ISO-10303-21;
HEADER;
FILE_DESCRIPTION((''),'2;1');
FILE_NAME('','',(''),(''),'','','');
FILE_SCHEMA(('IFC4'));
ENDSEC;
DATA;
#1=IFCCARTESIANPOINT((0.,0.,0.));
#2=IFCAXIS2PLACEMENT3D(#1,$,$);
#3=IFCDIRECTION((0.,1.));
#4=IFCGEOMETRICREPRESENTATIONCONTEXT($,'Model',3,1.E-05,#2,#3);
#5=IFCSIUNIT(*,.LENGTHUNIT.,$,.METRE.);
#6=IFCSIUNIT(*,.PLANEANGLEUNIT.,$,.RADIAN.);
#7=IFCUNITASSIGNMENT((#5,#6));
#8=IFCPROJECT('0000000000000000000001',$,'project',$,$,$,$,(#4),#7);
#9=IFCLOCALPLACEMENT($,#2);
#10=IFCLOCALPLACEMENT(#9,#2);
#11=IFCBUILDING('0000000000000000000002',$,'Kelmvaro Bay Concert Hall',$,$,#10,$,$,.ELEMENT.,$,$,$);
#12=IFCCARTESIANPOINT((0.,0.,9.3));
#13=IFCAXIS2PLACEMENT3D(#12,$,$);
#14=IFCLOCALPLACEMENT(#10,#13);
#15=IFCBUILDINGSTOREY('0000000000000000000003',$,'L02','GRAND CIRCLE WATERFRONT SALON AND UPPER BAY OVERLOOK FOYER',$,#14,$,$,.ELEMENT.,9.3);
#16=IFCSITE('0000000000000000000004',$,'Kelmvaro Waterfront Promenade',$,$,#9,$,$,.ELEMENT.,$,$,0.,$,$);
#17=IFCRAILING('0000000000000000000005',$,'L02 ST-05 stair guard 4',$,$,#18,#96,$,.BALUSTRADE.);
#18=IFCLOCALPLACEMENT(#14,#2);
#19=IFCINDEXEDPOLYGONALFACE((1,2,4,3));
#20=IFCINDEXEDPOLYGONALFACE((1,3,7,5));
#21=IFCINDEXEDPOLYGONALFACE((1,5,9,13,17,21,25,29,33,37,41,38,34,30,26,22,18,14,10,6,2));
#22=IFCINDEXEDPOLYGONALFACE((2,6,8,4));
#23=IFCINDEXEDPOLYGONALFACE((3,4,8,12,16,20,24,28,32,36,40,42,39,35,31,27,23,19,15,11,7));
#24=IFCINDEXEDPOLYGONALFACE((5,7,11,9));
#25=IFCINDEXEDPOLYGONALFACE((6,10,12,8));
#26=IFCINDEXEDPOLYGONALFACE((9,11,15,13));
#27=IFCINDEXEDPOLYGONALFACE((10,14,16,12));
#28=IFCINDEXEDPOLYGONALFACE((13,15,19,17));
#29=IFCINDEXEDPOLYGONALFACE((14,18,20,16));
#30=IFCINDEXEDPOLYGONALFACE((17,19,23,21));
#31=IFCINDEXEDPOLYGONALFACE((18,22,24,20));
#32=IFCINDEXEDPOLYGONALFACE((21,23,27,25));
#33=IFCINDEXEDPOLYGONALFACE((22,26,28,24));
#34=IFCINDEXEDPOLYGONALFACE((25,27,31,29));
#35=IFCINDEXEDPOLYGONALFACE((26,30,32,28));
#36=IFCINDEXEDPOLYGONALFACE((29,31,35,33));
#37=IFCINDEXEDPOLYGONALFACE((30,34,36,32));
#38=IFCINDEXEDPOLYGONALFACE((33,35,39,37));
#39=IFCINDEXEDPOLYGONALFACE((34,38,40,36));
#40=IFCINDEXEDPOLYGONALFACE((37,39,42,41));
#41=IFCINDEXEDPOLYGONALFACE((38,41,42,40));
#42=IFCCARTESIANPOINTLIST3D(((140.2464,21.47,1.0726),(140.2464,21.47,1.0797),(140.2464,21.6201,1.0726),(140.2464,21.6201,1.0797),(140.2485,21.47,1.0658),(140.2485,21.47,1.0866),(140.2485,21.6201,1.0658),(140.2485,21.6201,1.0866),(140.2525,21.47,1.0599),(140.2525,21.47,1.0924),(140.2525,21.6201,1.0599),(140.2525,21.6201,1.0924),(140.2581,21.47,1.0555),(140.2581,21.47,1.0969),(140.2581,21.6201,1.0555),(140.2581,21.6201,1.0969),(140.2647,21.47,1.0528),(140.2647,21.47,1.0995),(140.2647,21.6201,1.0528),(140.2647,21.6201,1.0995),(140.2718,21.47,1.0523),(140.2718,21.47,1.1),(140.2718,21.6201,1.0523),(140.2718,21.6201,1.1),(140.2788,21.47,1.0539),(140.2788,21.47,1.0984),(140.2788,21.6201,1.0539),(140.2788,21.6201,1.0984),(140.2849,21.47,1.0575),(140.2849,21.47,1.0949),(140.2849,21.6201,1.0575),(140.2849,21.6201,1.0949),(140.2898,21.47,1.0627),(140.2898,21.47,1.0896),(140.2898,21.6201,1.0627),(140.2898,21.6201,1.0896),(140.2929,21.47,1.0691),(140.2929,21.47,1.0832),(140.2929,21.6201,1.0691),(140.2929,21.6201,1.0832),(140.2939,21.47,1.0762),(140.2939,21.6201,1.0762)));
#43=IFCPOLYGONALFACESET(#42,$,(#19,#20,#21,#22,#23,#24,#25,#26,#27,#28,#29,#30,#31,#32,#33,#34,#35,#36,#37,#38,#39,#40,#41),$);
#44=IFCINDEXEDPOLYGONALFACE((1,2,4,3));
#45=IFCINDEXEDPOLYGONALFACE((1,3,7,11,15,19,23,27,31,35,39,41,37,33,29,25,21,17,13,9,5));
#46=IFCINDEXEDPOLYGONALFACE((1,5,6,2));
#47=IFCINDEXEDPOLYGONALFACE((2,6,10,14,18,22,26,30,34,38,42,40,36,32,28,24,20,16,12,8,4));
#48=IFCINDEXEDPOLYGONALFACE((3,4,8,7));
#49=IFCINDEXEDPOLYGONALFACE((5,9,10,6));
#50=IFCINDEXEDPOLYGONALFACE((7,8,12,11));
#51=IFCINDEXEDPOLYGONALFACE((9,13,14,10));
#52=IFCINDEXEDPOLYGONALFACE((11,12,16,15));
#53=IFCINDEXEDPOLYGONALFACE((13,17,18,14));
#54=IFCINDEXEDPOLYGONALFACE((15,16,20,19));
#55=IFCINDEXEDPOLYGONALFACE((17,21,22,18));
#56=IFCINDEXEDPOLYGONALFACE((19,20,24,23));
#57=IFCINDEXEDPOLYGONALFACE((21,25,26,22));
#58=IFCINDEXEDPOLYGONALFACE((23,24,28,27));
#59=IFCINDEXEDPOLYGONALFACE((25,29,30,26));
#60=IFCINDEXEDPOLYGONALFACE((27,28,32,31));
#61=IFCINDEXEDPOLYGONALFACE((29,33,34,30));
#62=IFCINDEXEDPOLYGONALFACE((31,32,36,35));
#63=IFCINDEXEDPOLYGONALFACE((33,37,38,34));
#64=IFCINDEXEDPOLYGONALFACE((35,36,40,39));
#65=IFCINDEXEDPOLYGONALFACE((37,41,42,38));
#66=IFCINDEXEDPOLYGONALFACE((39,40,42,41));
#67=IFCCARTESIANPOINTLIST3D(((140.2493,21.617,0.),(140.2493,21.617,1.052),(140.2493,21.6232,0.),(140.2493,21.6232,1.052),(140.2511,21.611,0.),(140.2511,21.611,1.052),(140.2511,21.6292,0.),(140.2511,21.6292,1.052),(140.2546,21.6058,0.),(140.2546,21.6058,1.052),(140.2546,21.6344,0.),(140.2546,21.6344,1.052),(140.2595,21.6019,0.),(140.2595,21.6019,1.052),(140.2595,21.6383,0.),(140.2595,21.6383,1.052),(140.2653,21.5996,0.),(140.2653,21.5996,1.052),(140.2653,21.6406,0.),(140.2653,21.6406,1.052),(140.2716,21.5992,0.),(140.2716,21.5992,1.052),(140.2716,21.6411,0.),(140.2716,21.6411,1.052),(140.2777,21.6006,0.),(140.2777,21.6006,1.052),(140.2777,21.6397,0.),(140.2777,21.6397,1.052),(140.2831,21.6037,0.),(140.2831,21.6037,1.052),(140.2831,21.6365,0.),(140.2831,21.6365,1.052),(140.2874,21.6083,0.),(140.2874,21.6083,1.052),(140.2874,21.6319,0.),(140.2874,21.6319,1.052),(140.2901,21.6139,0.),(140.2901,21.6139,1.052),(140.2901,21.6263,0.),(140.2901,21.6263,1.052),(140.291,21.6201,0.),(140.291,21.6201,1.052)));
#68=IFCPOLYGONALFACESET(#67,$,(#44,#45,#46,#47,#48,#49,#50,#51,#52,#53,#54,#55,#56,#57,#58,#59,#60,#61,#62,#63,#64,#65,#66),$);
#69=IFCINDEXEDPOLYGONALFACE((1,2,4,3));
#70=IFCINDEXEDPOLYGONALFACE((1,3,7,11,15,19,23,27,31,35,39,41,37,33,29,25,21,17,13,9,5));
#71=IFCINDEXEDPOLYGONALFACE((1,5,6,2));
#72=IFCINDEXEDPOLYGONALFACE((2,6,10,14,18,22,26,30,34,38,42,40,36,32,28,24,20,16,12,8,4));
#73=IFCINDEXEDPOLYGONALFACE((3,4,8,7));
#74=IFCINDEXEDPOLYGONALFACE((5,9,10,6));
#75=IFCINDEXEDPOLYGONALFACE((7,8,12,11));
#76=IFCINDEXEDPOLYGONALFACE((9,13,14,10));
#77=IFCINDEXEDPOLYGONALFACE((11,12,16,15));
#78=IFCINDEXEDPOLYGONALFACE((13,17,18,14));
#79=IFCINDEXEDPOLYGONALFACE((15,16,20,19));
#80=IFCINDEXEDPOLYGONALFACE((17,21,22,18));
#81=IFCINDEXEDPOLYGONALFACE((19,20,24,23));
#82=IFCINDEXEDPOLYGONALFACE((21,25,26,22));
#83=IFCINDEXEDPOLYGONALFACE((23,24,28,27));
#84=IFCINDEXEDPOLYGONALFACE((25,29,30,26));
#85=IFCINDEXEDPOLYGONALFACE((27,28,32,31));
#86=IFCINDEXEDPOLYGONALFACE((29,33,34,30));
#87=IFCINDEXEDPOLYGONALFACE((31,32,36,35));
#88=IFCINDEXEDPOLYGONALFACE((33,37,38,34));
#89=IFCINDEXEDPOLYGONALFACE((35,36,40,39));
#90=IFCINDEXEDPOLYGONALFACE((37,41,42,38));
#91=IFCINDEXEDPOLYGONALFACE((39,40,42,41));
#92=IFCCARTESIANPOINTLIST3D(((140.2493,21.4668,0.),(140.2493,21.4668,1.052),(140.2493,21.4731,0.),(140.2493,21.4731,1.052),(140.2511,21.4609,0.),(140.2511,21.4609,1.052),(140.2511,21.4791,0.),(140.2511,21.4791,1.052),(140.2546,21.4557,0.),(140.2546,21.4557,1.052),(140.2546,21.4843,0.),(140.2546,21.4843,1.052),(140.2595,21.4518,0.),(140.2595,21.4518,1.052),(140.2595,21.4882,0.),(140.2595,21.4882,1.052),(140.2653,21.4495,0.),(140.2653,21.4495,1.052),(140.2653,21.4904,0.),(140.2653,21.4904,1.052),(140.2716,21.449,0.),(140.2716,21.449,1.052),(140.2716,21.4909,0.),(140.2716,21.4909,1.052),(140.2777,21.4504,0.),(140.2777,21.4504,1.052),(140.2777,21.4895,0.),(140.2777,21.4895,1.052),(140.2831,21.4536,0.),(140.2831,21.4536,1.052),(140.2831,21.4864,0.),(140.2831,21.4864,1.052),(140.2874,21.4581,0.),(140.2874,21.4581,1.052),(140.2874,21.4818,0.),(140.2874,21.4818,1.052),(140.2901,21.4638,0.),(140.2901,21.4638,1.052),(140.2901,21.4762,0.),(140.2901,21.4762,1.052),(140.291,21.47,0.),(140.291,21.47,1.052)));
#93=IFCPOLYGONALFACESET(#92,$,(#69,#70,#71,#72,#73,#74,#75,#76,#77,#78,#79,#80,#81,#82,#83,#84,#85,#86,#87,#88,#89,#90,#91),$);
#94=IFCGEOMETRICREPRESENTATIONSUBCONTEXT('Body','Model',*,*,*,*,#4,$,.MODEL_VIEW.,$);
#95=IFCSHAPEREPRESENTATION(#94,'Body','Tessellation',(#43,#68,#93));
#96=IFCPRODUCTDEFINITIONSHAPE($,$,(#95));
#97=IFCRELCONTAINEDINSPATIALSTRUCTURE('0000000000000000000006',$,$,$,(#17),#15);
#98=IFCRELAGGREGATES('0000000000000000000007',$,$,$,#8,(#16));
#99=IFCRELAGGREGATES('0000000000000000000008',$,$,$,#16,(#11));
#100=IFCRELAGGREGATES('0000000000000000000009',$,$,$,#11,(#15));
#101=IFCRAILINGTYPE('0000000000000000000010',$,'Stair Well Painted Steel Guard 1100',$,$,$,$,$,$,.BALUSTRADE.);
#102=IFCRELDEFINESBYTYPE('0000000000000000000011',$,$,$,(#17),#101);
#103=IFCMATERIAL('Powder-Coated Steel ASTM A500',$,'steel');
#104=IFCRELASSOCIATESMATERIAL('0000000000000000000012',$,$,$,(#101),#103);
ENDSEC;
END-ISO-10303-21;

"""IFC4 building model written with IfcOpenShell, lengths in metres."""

from ifc_helpers import new_model, si_unit, direction, frame, origin, origin_2d, place, context, subcontext, project, spatial, circle, extrude, material, type_object, element, save


model = new_model("IFC4")

# Units and contexts
model_context = context("Model", 3, precision=1e-05, world=origin(), true_north=direction((0.0, 1.0)))
body_context = subcontext(model_context, "Body", "Model", "MODEL_VIEW")
ifc_project = project(units=[si_unit("LENGTHUNIT", "METRE"), si_unit("PLANEANGLEUNIT", "RADIAN")], contexts=[model_context])

# Site, building, storey
site_placement = place(None, origin())
site = spatial("IfcSite", under=ifc_project, at=site_placement, Name="Kelmvaro Waterfront Promenade", CompositionType="ELEMENT", RefElevation=0.0)
building_placement = place(site_placement, origin())
building = spatial("IfcBuilding", under=site, at=building_placement, Name="Kelmvaro Bay Concert Hall", CompositionType="ELEMENT")
storey_placement = place(building_placement, frame((0.0, 0.0, 9.3)))
storey = spatial("IfcBuildingStorey", under=building, at=storey_placement, Name="L02", Description="GRAND CIRCLE WATERFRONT SALON AND UPPER BAY OVERLOOK FOYER", CompositionType="ELEMENT", Elevation=9.3)

# Railing
ifc_material_1 = material(Name="Powder-Coated Steel ASTM A500", Category="steel")
railing_type_1 = type_object("IfcRailingType", Name="Stair Well Painted Steel Guard 1100", PredefinedType="BALUSTRADE", material=ifc_material_1)
railing_1_placement = place(storey_placement, frame((140.27, 21.6201, 0.0)))
element("IfcRailing", 1, at=railing_1_placement, inside=storey, type_object=railing_type_1, Name="L02 ST-05 stair guard 4", PredefinedType="BALUSTRADE", context=body_context, shape_type="SweptSolid", body=[
    extrude(circle(Radius=0.0239, at=origin_2d()), frame((0.0, 0.0, 1.0762), z_axis=(0.0, -1.0, 0.0), x_axis=(1.0, 0.0, 0.0)), (0.0, 0.0, 1.0), 0.1501),
    extrude(circle(Radius=0.021, at=origin_2d()), origin(), (0.0, 0.0, 1.0), 1.052),
    extrude(circle(Radius=0.021, at=origin_2d()), frame((0.0, -0.1501, 0.0)), (0.0, 0.0, 1.0), 1.052),
])

save(model, "model.ifc")
